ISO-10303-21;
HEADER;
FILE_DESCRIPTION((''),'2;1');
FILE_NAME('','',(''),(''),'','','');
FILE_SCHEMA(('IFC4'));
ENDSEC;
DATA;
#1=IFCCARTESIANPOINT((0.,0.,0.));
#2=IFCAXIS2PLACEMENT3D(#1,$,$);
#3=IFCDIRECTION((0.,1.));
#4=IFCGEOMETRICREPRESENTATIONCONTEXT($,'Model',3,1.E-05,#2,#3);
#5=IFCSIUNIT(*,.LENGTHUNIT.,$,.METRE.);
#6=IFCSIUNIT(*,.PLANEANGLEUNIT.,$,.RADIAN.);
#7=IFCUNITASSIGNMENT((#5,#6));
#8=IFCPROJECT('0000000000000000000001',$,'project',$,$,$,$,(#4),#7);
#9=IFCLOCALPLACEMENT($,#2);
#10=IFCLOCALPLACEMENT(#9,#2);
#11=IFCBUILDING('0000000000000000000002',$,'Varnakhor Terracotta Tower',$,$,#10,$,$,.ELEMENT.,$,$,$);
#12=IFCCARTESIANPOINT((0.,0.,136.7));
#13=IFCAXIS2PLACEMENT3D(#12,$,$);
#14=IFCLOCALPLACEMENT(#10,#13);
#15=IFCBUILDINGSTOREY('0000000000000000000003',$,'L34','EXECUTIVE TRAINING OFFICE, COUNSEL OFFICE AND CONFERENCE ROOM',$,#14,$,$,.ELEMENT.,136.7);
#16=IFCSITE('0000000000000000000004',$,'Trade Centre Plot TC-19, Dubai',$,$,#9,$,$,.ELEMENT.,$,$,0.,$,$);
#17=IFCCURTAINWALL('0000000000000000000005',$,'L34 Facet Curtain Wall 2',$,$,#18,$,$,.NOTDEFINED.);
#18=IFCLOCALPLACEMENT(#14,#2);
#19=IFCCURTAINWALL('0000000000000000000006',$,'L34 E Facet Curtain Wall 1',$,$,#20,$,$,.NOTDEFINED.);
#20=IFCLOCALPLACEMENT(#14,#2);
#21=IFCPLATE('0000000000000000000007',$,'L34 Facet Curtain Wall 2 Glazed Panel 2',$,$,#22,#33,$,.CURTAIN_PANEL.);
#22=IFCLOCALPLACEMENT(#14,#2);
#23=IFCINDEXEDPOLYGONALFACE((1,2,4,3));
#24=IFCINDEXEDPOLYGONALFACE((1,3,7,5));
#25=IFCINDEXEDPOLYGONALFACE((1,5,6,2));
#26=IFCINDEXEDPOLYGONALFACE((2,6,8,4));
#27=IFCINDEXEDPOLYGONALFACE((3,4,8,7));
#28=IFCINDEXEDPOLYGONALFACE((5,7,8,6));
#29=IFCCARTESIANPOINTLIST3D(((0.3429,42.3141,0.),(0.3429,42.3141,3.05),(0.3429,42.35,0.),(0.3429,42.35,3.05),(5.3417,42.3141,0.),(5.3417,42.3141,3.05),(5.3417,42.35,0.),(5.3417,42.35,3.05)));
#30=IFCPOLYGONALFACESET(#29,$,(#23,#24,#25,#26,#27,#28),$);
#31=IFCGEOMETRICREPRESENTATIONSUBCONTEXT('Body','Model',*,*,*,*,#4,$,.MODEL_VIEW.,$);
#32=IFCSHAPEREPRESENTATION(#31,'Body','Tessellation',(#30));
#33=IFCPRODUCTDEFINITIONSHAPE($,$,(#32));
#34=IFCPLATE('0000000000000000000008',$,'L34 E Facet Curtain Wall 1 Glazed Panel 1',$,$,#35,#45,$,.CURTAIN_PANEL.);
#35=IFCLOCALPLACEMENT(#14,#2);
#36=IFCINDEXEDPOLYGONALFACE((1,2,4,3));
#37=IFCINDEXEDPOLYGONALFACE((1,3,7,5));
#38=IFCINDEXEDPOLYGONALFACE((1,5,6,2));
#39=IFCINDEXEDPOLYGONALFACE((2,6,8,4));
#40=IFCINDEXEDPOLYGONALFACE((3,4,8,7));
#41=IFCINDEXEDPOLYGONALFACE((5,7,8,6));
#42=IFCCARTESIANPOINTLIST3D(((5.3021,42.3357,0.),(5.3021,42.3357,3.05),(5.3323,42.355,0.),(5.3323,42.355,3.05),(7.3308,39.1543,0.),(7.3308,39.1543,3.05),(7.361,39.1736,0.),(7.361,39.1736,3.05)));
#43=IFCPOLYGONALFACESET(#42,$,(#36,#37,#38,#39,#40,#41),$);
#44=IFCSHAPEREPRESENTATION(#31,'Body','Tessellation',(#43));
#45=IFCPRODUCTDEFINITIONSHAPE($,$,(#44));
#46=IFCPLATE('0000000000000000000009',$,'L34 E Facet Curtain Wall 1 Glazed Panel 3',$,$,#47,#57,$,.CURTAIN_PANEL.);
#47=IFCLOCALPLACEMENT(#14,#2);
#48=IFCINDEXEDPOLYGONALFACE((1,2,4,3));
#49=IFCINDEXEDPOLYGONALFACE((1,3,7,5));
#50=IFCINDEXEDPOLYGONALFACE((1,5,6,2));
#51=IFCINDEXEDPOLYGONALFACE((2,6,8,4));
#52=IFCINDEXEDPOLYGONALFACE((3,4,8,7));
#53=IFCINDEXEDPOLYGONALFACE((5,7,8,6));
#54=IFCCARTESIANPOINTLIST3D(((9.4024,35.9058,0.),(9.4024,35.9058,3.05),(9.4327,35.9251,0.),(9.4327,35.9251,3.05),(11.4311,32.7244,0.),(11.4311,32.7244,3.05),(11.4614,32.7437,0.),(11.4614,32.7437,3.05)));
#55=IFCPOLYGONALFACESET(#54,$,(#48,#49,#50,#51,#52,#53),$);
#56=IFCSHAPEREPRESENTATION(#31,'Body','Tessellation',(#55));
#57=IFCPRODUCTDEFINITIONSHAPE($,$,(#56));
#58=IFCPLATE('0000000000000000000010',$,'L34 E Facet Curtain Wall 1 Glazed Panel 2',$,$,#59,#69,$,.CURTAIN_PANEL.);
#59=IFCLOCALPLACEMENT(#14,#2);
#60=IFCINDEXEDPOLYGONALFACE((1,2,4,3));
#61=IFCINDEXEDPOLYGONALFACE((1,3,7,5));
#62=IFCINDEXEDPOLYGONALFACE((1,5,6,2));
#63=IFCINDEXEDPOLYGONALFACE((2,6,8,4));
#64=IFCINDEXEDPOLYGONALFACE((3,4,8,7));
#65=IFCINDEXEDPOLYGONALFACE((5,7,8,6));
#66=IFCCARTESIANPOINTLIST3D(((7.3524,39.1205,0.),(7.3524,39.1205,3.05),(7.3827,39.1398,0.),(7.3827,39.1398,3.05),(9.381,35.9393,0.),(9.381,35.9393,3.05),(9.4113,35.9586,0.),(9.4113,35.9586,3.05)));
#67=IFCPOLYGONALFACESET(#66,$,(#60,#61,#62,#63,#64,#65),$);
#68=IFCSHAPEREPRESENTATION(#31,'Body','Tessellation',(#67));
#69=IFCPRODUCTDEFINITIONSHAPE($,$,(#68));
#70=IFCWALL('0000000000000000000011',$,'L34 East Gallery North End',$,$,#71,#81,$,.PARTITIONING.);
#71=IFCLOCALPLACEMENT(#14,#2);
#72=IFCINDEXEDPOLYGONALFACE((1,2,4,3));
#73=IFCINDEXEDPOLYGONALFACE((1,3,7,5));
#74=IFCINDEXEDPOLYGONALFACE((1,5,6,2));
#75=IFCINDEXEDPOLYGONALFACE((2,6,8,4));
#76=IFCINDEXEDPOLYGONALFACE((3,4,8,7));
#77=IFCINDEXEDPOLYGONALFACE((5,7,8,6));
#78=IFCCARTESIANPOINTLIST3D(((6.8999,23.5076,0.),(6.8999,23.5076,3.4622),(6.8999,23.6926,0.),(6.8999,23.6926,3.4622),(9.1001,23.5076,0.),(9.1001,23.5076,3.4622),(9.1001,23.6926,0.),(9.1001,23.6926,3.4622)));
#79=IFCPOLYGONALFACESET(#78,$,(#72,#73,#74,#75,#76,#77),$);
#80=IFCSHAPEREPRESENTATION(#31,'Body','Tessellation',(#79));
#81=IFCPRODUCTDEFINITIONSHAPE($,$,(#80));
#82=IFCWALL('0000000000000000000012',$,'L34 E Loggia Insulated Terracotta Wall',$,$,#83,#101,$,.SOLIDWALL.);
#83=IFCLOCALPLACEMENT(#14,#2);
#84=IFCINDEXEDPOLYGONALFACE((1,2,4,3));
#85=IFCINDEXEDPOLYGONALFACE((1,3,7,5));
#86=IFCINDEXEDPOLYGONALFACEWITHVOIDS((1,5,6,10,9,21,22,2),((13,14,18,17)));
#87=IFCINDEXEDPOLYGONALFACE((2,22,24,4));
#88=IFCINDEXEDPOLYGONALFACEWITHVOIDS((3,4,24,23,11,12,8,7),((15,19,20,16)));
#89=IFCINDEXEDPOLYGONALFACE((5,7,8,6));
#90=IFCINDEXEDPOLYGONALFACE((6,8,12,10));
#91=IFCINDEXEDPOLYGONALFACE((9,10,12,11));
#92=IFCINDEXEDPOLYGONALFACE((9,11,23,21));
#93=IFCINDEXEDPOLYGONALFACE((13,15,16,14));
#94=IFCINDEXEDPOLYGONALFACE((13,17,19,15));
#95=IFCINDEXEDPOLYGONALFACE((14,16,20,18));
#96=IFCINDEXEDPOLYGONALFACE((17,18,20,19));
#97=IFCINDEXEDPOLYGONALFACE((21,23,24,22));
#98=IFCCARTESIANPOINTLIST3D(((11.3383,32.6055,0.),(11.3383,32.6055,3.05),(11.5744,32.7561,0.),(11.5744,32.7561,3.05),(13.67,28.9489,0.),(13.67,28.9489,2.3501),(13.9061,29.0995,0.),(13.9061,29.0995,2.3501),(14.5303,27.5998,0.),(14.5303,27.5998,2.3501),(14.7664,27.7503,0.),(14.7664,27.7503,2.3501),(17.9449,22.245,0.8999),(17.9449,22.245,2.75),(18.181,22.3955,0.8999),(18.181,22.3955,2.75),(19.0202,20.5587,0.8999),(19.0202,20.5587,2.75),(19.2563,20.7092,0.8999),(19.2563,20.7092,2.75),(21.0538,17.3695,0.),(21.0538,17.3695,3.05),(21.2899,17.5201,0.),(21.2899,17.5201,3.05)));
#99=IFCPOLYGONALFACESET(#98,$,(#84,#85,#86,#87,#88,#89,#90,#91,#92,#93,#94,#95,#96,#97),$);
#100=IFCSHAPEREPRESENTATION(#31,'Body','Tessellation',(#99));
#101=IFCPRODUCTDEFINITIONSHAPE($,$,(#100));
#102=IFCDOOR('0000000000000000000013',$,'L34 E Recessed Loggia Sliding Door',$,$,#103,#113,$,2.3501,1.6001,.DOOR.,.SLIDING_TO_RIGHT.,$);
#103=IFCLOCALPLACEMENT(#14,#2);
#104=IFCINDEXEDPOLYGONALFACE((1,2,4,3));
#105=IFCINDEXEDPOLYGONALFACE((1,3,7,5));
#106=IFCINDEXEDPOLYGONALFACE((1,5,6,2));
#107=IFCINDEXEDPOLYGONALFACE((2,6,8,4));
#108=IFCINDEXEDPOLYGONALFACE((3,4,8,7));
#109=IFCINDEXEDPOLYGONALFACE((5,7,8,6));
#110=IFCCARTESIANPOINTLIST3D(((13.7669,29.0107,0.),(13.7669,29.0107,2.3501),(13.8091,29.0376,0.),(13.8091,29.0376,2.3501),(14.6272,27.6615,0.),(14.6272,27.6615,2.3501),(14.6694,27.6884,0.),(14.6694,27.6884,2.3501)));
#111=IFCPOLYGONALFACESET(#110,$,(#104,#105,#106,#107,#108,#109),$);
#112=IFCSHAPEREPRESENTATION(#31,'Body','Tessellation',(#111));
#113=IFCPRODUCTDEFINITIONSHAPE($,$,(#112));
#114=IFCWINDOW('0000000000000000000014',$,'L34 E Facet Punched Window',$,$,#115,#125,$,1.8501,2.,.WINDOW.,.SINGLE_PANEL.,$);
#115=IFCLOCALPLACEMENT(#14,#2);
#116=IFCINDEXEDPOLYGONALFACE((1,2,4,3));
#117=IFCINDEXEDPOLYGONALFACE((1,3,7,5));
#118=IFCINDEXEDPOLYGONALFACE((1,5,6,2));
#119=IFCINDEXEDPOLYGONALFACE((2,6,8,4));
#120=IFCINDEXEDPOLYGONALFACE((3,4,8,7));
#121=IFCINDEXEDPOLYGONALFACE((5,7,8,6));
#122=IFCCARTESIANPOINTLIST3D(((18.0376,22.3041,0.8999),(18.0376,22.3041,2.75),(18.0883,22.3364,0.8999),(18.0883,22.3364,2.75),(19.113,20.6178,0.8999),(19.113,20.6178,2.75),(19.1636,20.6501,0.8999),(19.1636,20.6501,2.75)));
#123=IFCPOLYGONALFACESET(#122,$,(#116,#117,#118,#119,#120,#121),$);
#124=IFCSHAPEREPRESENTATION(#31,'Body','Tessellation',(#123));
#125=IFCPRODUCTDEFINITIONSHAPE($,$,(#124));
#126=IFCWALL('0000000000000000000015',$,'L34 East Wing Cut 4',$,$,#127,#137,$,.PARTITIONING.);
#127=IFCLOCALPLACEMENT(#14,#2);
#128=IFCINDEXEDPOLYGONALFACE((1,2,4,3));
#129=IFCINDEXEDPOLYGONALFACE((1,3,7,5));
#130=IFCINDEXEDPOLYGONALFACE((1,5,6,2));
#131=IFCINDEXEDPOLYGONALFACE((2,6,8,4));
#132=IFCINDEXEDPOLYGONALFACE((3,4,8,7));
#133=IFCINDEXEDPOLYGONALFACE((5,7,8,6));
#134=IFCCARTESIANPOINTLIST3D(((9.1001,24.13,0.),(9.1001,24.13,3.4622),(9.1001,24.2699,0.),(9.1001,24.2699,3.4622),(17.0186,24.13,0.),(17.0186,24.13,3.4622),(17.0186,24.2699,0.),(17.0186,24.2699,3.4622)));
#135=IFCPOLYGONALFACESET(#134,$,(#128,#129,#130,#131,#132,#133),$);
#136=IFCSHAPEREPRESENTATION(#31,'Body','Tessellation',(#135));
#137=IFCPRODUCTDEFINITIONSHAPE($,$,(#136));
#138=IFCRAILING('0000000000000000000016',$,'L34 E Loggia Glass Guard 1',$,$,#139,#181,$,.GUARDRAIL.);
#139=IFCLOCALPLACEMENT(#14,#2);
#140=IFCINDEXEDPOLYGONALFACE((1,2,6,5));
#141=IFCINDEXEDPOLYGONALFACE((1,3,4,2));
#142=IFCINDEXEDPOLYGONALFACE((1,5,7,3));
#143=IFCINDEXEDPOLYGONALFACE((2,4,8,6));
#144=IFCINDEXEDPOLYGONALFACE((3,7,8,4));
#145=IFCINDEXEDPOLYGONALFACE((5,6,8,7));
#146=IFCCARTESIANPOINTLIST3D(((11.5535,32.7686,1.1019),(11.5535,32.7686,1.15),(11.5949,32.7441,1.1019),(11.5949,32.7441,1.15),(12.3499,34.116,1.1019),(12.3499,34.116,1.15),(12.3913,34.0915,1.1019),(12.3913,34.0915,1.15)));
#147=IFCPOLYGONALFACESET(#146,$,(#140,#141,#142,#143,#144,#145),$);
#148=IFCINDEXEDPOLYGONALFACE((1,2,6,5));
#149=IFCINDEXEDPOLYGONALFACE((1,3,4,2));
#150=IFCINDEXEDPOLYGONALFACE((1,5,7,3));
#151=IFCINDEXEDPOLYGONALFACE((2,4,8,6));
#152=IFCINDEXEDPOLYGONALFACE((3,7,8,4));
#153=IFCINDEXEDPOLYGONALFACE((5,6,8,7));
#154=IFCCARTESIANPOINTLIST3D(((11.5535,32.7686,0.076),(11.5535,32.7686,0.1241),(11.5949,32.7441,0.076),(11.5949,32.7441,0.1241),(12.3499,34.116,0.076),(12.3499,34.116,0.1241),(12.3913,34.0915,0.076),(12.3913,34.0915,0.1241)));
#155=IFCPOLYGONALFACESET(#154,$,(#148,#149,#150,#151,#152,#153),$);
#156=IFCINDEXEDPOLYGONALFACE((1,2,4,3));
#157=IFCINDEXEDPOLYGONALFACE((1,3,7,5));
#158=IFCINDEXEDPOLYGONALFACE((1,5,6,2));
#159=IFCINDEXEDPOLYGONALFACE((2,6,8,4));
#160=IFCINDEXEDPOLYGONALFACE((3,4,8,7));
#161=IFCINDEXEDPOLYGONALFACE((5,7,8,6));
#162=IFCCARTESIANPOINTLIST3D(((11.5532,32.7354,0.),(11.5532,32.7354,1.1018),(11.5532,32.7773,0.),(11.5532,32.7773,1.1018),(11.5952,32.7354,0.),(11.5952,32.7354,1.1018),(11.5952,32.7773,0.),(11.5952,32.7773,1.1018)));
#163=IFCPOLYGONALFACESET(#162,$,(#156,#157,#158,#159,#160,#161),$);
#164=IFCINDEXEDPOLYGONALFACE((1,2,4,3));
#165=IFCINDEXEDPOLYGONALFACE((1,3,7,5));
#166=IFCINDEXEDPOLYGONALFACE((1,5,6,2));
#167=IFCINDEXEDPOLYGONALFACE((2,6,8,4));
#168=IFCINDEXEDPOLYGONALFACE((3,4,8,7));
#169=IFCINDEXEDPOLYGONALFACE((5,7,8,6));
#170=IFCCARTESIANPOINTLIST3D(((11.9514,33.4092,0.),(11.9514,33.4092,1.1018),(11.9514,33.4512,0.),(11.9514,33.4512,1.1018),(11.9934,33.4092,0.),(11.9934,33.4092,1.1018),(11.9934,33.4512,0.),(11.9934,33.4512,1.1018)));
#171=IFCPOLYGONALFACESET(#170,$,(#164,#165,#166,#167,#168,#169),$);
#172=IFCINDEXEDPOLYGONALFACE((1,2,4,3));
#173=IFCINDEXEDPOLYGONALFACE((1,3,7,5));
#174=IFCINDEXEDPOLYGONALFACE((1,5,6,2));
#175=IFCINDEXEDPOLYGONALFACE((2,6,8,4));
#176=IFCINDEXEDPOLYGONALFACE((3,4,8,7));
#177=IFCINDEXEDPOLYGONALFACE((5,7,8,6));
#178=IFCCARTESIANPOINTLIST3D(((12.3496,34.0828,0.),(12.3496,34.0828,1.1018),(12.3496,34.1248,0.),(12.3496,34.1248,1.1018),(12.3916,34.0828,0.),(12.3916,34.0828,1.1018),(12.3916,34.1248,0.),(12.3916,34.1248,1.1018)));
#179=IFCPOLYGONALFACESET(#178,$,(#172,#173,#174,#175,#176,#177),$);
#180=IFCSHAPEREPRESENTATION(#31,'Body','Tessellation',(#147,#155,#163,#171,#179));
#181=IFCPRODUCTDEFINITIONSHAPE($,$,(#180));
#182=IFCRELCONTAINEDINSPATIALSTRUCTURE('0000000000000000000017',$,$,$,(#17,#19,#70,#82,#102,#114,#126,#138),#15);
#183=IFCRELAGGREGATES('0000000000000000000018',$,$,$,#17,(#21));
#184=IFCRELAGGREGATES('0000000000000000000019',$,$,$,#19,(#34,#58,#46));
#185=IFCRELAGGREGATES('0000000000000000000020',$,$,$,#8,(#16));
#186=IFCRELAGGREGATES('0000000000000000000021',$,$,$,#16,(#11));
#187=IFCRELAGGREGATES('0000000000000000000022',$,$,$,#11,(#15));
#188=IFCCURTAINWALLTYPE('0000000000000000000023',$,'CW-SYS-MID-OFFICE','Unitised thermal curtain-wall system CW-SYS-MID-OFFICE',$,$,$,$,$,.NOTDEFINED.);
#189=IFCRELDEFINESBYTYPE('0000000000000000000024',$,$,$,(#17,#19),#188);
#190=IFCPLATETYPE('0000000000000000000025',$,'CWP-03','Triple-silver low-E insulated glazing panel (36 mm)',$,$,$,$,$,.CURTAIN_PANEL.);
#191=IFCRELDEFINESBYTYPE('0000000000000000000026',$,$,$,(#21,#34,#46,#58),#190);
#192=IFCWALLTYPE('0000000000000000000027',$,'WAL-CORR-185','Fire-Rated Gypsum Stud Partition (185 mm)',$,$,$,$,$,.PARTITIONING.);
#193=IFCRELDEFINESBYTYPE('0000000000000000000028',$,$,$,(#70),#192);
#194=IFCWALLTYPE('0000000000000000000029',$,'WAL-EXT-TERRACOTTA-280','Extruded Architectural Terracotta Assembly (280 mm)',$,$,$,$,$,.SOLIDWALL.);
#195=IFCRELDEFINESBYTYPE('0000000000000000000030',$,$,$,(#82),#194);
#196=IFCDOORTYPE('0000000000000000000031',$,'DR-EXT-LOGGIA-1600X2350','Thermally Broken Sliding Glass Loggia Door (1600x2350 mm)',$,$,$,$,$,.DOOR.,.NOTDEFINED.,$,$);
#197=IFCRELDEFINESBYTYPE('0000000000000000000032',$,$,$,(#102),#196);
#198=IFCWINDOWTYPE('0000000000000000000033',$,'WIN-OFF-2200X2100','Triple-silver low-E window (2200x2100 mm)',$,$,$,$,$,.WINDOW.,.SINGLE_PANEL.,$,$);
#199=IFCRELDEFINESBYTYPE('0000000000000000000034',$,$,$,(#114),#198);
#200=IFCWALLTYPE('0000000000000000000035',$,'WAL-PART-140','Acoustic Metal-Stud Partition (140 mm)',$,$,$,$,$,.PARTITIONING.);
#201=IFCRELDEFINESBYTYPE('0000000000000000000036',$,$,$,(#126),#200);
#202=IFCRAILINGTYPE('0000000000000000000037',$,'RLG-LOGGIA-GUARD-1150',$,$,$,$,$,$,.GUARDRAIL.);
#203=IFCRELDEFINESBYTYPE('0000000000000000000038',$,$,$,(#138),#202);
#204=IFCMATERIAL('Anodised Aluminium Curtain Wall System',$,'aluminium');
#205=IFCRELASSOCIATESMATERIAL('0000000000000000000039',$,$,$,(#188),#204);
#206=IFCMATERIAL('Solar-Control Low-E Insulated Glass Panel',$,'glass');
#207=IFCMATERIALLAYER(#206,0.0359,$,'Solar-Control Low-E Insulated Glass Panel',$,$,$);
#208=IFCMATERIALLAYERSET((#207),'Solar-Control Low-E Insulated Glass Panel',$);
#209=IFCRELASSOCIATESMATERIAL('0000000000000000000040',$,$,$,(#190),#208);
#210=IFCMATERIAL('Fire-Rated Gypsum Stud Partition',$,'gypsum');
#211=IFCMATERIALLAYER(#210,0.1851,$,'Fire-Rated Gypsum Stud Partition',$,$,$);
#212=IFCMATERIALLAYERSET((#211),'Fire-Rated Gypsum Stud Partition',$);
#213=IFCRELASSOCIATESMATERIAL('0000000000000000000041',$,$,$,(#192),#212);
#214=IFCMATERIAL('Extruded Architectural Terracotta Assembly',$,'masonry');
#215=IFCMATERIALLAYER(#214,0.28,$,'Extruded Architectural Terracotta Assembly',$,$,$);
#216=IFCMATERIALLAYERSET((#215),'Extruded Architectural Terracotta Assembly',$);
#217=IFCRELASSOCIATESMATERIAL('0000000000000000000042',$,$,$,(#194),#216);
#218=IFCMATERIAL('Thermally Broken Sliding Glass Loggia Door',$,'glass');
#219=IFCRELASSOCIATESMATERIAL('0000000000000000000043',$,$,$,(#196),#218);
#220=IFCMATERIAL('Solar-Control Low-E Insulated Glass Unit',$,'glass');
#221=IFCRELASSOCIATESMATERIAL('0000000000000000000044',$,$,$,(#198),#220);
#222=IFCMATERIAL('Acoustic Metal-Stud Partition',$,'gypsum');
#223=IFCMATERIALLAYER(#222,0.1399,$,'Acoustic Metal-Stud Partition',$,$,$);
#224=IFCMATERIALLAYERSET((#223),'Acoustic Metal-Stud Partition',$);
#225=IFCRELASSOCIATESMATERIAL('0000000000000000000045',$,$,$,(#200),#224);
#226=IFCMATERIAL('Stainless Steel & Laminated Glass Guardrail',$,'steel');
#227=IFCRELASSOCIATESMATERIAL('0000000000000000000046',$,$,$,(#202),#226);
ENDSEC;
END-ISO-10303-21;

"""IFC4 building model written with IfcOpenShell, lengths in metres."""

from ifc_helpers import new_model, si_unit, direction, frame, frame_2d, origin, origin_2d, place, context, subcontext, project, spatial, rectangle, extrude, source, transform, mapped, material, layer, layer_set, type_object, type_shapes, element, fill, aggregate, save


model = new_model("IFC4")

# Units and contexts
model_context = context("Model", 3, precision=1e-05, world=origin(), true_north=direction((0.0, 1.0)))
body_context = subcontext(model_context, "Body", "Model", "MODEL_VIEW")
ifc_project = project(units=[si_unit("LENGTHUNIT", "METRE"), si_unit("PLANEANGLEUNIT", "RADIAN")], contexts=[model_context])

# Site, building, storey
site_placement = place(None, origin())
site = spatial("IfcSite", under=ifc_project, at=site_placement, Name="Trade Centre Plot TC-19, Dubai", CompositionType="ELEMENT", RefElevation=0.0)
building_placement = place(site_placement, origin())
building = spatial("IfcBuilding", under=site, at=building_placement, Name="Varnakhor Terracotta Tower", CompositionType="ELEMENT")
storey_placement = place(building_placement, frame((0.0, 0.0, 136.7)))
storey = spatial("IfcBuildingStorey", under=building, at=storey_placement, Name="L34", Description="EXECUTIVE TRAINING OFFICE, COUNSEL OFFICE AND CONFERENCE ROOM", CompositionType="ELEMENT", Elevation=136.7)

# Curtain wall
ifc_material_1 = material(Name="Anodised Aluminium Curtain Wall System", Category="aluminium")
curtain_wall_type = type_object("IfcCurtainWallType", Name="CW-SYS-MID-OFFICE", Description="Unitised thermal curtain-wall system CW-SYS-MID-OFFICE", PredefinedType="NOTDEFINED", material=ifc_material_1)
curtain_wall_1_placement = place(storey_placement, origin())
curtain_wall_1 = element("IfcCurtainWall", 1, at=curtain_wall_1_placement, inside=storey, type_object=curtain_wall_type, Name="L34 Facet Curtain Wall 2", PredefinedType="NOTDEFINED")

# Curtain wall
curtain_wall_2_placement = place(storey_placement, origin())
curtain_wall_2 = element("IfcCurtainWall", 2, at=curtain_wall_2_placement, inside=storey, type_object=curtain_wall_type, Name="L34 E Facet Curtain Wall 1", PredefinedType="NOTDEFINED")

# Plates
ifc_material_2 = material(Name="Solar-Control Low-E Insulated Glass Panel", Category="glass")
ifc_layer_1 = layer(ifc_material_2, 0.0359, Name="Solar-Control Low-E Insulated Glass Panel")
ifc_layer_set_1 = layer_set([ifc_layer_1], Name="Solar-Control Low-E Insulated Glass Panel")
plate_type = type_object("IfcPlateType", Name="CWP-03", Description="Triple-silver low-E insulated glazing panel (36 mm)", PredefinedType="CURTAIN_PANEL", material=ifc_layer_set_1)
shared_shape_1 = source(origin(), body_context, "Body", "SweptSolid", [
    extrude(rectangle(XDim=4.9988, YDim=0.0359, at=origin_2d()), origin(), (0.0, 0.0, 1.0), 3.05),
])
plate_1_placement = place(storey_placement, frame((2.8423, 42.332, 0.0), z_axis=(0.0, 0.0, 1.0), x_axis=(1.0, 0.0, 0.0)))
plate_1 = element("IfcPlate", 3, at=plate_1_placement, type_object=plate_type, Name="L34 Facet Curtain Wall 2 Glazed Panel 2", PredefinedType="CURTAIN_PANEL", context=body_context, shape_type="MappedRepresentation", body=[
    mapped(shared_shape_1, transform((0.0, 0.0, 0.0), scale=1.0)),
])
aggregate(curtain_wall_1, [plate_1])
shared_shape_2 = source(origin(), body_context, "Body", "SweptSolid", [
    extrude(rectangle(XDim=3.7732, YDim=0.0359, at=origin_2d()), origin(), (0.0, 0.0, 1.0), 3.05),
])
plate_2_placement = place(storey_placement, frame((6.3315, 40.7546, 0.0), z_axis=(0.0, 0.0, 1.0), x_axis=(0.537668, -0.843157, 0.0)))
plate_2 = element("IfcPlate", 4, at=plate_2_placement, type_object=plate_type, Name="L34 E Facet Curtain Wall 1 Glazed Panel 1", PredefinedType="CURTAIN_PANEL", context=body_context, shape_type="MappedRepresentation", body=[
    mapped(shared_shape_2, transform((0.0, 0.0, 0.0), scale=1.0)),
])
plate_3_placement = place(storey_placement, frame((10.4319, 34.3247, 0.0), z_axis=(0.0, 0.0, 1.0), x_axis=(0.537668, -0.843157, 0.0)))
plate_3 = element("IfcPlate", 5, at=plate_3_placement, type_object=plate_type, Name="L34 E Facet Curtain Wall 1 Glazed Panel 3", PredefinedType="CURTAIN_PANEL", context=body_context, shape_type="MappedRepresentation", body=[
    mapped(shared_shape_2, transform((0.0, 0.0, 0.0), scale=1.0)),
])
shared_shape_3 = source(origin(), body_context, "Body", "SweptSolid", [
    extrude(rectangle(XDim=3.7729, YDim=0.0359, at=origin_2d()), origin(), (0.0, 0.0, 1.0), 3.05),
])
plate_4_placement = place(storey_placement, frame((8.3818, 37.5396, 0.0), z_axis=(0.0, 0.0, 1.0), x_axis=(0.537668, -0.843157, 0.0)))
plate_4 = element("IfcPlate", 6, at=plate_4_placement, type_object=plate_type, Name="L34 E Facet Curtain Wall 1 Glazed Panel 2", PredefinedType="CURTAIN_PANEL", context=body_context, shape_type="MappedRepresentation", body=[
    mapped(shared_shape_3, transform((0.0, 0.0, 0.0), scale=1.0)),
])
aggregate(curtain_wall_2, [plate_2, plate_4, plate_3])

# Wall
ifc_material_3 = material(Name="Fire-Rated Gypsum Stud Partition", Category="gypsum")
ifc_layer_2 = layer(ifc_material_3, 0.1851, Name="Fire-Rated Gypsum Stud Partition")
ifc_layer_set_2 = layer_set([ifc_layer_2], Name="Fire-Rated Gypsum Stud Partition")
wall_type_1 = type_object("IfcWallType", Name="WAL-CORR-185", Description="Fire-Rated Gypsum Stud Partition (185 mm)", PredefinedType="PARTITIONING", material=ifc_layer_set_2)
wall_1_placement = place(storey_placement, frame((6.8999, 23.6001, 0.0), z_axis=(0.0, 0.0, 1.0), x_axis=(1.0, 0.0, 0.0)))
element("IfcWall", 7, at=wall_1_placement, inside=storey, type_object=wall_type_1, Name="L34 East Gallery North End", PredefinedType="PARTITIONING", context=body_context, shape_type="SweptSolid", body=[
    extrude(rectangle(XDim=2.2002, YDim=0.1851, at=frame_2d((1.1001, 0.0))), origin(), (0.0, 0.0, 1.0), 3.4622),
])

# Wall, openings, door, window
ifc_material_4 = material(Name="Extruded Architectural Terracotta Assembly", Category="masonry")
ifc_layer_3 = layer(ifc_material_4, 0.28, Name="Extruded Architectural Terracotta Assembly")
ifc_layer_set_3 = layer_set([ifc_layer_3], Name="Extruded Architectural Terracotta Assembly")
wall_type_2 = type_object("IfcWallType", Name="WAL-EXT-TERRACOTTA-280", Description="Extruded Architectural Terracotta Assembly (280 mm)", PredefinedType="SOLIDWALL", material=ifc_layer_set_3)
wall_2_placement = place(storey_placement, frame((11.4563, 32.6809, 0.0), z_axis=(0.0, 0.0, 1.0), x_axis=(0.537659, -0.843163, 0.0)))
wall_2 = element("IfcWall", 8, at=wall_2_placement, inside=storey, type_object=wall_type_2, Name="L34 E Loggia Insulated Terracotta Wall", PredefinedType="SOLIDWALL", context=body_context, shape_type="SweptSolid", body=[
    extrude(rectangle(XDim=18.0701, YDim=0.28, at=frame_2d((9.0352, 0.0))), origin(), (0.0, 0.0, 1.0), 3.05),
])
opening_1_placement = place(wall_2_placement, frame((4.3369, 0.0, 0.0)))
opening_1 = element("IfcOpeningElement", 9, at=opening_1_placement, cuts=wall_2, PredefinedType="OPENING", context=body_context, shape_type="SweptSolid", body=[
    extrude(rectangle(XDim=1.6001, YDim=2.3501, at=frame_2d((0.8, 1.175))), frame((0.0, 0.1499, 0.0), z_axis=(0.0, -1.0, 0.0), x_axis=(1.0, 0.0, 0.0)), (0.0, 0.0, 1.0), 0.3),
])
opening_2_placement = place(wall_2_placement, frame((12.2878, 0.0, 0.8999)))
opening_2 = element("IfcOpeningElement", 10, at=opening_2_placement, cuts=wall_2, PredefinedType="OPENING", context=body_context, shape_type="SweptSolid", body=[
    extrude(rectangle(XDim=2.0, YDim=1.8501, at=frame_2d((1.0, 0.925))), frame((0.0, 0.1499, 0.0), z_axis=(0.0, -1.0, 0.0), x_axis=(1.0, 0.0, 0.0)), (0.0, 0.0, 1.0), 0.3),
])
ifc_material_5 = material(Name="Thermally Broken Sliding Glass Loggia Door", Category="glass")
door_type = type_object("IfcDoorType", Name="DR-EXT-LOGGIA-1600X2350", Description="Thermally Broken Sliding Glass Loggia Door (1600x2350 mm)", OperationType="NOTDEFINED", PredefinedType="DOOR", material=ifc_material_5)
shared_shape_4 = source(origin(), body_context, "Body", "SweptSolid", [
    extrude(rectangle(XDim=1.6001, YDim=2.3501, at=frame_2d((0.8, 1.175))), frame((0.0, 0.0249, 0.0), z_axis=(0.0, -1.0, 0.0), x_axis=(1.0, 0.0, 0.0)), (0.0, 0.0, 1.0), 0.05),
])
type_shapes(door_type, [shared_shape_4])
door_placement = place(opening_1_placement, origin())
door = element("IfcDoor", 11, at=door_placement, inside=storey, type_object=door_type, Name="L34 E Recessed Loggia Sliding Door", OperationType="SLIDING_TO_RIGHT", OverallHeight=2.3501, OverallWidth=1.6001, PredefinedType="DOOR", context=body_context, shape_type="MappedRepresentation", body=[
    mapped(shared_shape_4, transform((0.0, 0.0, 0.0), scale=1.0)),
])
fill(opening_1, door)
ifc_material_6 = material(Name="Solar-Control Low-E Insulated Glass Unit", Category="glass")
window_type = type_object("IfcWindowType", Name="WIN-OFF-2200X2100", Description="Triple-silver low-E window (2200x2100 mm)", PartitioningType="SINGLE_PANEL", PredefinedType="WINDOW", material=ifc_material_6)
shared_shape_5 = source(origin(), body_context, "Body", "SweptSolid", [
    extrude(rectangle(XDim=2.0, YDim=1.8501, at=frame_2d((1.0, 0.925))), frame((0.0, 0.03, 0.0), z_axis=(0.0, -1.0, 0.0), x_axis=(1.0, 0.0, 0.0)), (0.0, 0.0, 1.0), 0.0601),
])
type_shapes(window_type, [shared_shape_5])
window_placement = place(opening_2_placement, origin())
window = element("IfcWindow", 12, at=window_placement, inside=storey, type_object=window_type, Name="L34 E Facet Punched Window", OverallHeight=1.8501, OverallWidth=2.0, PartitioningType="SINGLE_PANEL", PredefinedType="WINDOW", context=body_context, shape_type="MappedRepresentation", body=[
    mapped(shared_shape_5, transform((0.0, 0.0, 0.0), scale=1.0)),
])
fill(opening_2, window)

# Wall
ifc_material_7 = material(Name="Acoustic Metal-Stud Partition", Category="gypsum")
ifc_layer_4 = layer(ifc_material_7, 0.1399, Name="Acoustic Metal-Stud Partition")
ifc_layer_set_4 = layer_set([ifc_layer_4], Name="Acoustic Metal-Stud Partition")
wall_type_3 = type_object("IfcWallType", Name="WAL-PART-140", Description="Acoustic Metal-Stud Partition (140 mm)", PredefinedType="PARTITIONING", material=ifc_layer_set_4)
wall_3_placement = place(storey_placement, frame((9.1001, 24.2, 0.0), z_axis=(0.0, 0.0, 1.0), x_axis=(1.0, 0.0, 0.0)))
element("IfcWall", 13, at=wall_3_placement, inside=storey, type_object=wall_type_3, Name="L34 East Wing Cut 4", PredefinedType="PARTITIONING", context=body_context, shape_type="SweptSolid", body=[
    extrude(rectangle(XDim=7.9185, YDim=0.1399, at=frame_2d((3.9592, 0.0))), origin(), (0.0, 0.0, 1.0), 3.4622),
])

# Railing
ifc_material_8 = material(Name="Stainless Steel & Laminated Glass Guardrail", Category="steel")
railing_type = type_object("IfcRailingType", Name="RLG-LOGGIA-GUARD-1150", PredefinedType="GUARDRAIL", material=ifc_material_8)
railing_1_placement = place(storey_placement, frame((11.5742, 32.7563, 0.0)))
element("IfcRailing", 14, at=railing_1_placement, inside=storey, type_object=railing_type, Name="L34 E Loggia Glass Guard 1", PredefinedType="GUARDRAIL", context=body_context, shape_type="SweptSolid", body=[
    extrude(rectangle(XDim=0.0481, YDim=0.0481, at=origin_2d()), frame((0.0, 0.0, 1.126), z_axis=(0.508819, 0.860874, 0.0), x_axis=(-0.860874, 0.508819, 0.0)), (0.0, 0.0, 1.0), 1.5652),
    extrude(rectangle(XDim=0.0481, YDim=0.0481, at=origin_2d()), frame((0.0, 0.0, 0.1001), z_axis=(0.508819, 0.860874, 0.0), x_axis=(-0.860874, 0.508819, 0.0)), (0.0, 0.0, 1.0), 1.5652),
    extrude(rectangle(XDim=0.042, YDim=0.042, at=origin_2d()), origin(), (0.0, 0.0, 1.0), 1.1018),
    extrude(rectangle(XDim=0.042, YDim=0.042, at=origin_2d()), frame((0.3982, 0.6738, 0.0)), (0.0, 0.0, 1.0), 1.1018),
    extrude(rectangle(XDim=0.042, YDim=0.042, at=origin_2d()), frame((0.7964, 1.3474, 0.0)), (0.0, 0.0, 1.0), 1.1018),
])

save(model, "model.ifc")
